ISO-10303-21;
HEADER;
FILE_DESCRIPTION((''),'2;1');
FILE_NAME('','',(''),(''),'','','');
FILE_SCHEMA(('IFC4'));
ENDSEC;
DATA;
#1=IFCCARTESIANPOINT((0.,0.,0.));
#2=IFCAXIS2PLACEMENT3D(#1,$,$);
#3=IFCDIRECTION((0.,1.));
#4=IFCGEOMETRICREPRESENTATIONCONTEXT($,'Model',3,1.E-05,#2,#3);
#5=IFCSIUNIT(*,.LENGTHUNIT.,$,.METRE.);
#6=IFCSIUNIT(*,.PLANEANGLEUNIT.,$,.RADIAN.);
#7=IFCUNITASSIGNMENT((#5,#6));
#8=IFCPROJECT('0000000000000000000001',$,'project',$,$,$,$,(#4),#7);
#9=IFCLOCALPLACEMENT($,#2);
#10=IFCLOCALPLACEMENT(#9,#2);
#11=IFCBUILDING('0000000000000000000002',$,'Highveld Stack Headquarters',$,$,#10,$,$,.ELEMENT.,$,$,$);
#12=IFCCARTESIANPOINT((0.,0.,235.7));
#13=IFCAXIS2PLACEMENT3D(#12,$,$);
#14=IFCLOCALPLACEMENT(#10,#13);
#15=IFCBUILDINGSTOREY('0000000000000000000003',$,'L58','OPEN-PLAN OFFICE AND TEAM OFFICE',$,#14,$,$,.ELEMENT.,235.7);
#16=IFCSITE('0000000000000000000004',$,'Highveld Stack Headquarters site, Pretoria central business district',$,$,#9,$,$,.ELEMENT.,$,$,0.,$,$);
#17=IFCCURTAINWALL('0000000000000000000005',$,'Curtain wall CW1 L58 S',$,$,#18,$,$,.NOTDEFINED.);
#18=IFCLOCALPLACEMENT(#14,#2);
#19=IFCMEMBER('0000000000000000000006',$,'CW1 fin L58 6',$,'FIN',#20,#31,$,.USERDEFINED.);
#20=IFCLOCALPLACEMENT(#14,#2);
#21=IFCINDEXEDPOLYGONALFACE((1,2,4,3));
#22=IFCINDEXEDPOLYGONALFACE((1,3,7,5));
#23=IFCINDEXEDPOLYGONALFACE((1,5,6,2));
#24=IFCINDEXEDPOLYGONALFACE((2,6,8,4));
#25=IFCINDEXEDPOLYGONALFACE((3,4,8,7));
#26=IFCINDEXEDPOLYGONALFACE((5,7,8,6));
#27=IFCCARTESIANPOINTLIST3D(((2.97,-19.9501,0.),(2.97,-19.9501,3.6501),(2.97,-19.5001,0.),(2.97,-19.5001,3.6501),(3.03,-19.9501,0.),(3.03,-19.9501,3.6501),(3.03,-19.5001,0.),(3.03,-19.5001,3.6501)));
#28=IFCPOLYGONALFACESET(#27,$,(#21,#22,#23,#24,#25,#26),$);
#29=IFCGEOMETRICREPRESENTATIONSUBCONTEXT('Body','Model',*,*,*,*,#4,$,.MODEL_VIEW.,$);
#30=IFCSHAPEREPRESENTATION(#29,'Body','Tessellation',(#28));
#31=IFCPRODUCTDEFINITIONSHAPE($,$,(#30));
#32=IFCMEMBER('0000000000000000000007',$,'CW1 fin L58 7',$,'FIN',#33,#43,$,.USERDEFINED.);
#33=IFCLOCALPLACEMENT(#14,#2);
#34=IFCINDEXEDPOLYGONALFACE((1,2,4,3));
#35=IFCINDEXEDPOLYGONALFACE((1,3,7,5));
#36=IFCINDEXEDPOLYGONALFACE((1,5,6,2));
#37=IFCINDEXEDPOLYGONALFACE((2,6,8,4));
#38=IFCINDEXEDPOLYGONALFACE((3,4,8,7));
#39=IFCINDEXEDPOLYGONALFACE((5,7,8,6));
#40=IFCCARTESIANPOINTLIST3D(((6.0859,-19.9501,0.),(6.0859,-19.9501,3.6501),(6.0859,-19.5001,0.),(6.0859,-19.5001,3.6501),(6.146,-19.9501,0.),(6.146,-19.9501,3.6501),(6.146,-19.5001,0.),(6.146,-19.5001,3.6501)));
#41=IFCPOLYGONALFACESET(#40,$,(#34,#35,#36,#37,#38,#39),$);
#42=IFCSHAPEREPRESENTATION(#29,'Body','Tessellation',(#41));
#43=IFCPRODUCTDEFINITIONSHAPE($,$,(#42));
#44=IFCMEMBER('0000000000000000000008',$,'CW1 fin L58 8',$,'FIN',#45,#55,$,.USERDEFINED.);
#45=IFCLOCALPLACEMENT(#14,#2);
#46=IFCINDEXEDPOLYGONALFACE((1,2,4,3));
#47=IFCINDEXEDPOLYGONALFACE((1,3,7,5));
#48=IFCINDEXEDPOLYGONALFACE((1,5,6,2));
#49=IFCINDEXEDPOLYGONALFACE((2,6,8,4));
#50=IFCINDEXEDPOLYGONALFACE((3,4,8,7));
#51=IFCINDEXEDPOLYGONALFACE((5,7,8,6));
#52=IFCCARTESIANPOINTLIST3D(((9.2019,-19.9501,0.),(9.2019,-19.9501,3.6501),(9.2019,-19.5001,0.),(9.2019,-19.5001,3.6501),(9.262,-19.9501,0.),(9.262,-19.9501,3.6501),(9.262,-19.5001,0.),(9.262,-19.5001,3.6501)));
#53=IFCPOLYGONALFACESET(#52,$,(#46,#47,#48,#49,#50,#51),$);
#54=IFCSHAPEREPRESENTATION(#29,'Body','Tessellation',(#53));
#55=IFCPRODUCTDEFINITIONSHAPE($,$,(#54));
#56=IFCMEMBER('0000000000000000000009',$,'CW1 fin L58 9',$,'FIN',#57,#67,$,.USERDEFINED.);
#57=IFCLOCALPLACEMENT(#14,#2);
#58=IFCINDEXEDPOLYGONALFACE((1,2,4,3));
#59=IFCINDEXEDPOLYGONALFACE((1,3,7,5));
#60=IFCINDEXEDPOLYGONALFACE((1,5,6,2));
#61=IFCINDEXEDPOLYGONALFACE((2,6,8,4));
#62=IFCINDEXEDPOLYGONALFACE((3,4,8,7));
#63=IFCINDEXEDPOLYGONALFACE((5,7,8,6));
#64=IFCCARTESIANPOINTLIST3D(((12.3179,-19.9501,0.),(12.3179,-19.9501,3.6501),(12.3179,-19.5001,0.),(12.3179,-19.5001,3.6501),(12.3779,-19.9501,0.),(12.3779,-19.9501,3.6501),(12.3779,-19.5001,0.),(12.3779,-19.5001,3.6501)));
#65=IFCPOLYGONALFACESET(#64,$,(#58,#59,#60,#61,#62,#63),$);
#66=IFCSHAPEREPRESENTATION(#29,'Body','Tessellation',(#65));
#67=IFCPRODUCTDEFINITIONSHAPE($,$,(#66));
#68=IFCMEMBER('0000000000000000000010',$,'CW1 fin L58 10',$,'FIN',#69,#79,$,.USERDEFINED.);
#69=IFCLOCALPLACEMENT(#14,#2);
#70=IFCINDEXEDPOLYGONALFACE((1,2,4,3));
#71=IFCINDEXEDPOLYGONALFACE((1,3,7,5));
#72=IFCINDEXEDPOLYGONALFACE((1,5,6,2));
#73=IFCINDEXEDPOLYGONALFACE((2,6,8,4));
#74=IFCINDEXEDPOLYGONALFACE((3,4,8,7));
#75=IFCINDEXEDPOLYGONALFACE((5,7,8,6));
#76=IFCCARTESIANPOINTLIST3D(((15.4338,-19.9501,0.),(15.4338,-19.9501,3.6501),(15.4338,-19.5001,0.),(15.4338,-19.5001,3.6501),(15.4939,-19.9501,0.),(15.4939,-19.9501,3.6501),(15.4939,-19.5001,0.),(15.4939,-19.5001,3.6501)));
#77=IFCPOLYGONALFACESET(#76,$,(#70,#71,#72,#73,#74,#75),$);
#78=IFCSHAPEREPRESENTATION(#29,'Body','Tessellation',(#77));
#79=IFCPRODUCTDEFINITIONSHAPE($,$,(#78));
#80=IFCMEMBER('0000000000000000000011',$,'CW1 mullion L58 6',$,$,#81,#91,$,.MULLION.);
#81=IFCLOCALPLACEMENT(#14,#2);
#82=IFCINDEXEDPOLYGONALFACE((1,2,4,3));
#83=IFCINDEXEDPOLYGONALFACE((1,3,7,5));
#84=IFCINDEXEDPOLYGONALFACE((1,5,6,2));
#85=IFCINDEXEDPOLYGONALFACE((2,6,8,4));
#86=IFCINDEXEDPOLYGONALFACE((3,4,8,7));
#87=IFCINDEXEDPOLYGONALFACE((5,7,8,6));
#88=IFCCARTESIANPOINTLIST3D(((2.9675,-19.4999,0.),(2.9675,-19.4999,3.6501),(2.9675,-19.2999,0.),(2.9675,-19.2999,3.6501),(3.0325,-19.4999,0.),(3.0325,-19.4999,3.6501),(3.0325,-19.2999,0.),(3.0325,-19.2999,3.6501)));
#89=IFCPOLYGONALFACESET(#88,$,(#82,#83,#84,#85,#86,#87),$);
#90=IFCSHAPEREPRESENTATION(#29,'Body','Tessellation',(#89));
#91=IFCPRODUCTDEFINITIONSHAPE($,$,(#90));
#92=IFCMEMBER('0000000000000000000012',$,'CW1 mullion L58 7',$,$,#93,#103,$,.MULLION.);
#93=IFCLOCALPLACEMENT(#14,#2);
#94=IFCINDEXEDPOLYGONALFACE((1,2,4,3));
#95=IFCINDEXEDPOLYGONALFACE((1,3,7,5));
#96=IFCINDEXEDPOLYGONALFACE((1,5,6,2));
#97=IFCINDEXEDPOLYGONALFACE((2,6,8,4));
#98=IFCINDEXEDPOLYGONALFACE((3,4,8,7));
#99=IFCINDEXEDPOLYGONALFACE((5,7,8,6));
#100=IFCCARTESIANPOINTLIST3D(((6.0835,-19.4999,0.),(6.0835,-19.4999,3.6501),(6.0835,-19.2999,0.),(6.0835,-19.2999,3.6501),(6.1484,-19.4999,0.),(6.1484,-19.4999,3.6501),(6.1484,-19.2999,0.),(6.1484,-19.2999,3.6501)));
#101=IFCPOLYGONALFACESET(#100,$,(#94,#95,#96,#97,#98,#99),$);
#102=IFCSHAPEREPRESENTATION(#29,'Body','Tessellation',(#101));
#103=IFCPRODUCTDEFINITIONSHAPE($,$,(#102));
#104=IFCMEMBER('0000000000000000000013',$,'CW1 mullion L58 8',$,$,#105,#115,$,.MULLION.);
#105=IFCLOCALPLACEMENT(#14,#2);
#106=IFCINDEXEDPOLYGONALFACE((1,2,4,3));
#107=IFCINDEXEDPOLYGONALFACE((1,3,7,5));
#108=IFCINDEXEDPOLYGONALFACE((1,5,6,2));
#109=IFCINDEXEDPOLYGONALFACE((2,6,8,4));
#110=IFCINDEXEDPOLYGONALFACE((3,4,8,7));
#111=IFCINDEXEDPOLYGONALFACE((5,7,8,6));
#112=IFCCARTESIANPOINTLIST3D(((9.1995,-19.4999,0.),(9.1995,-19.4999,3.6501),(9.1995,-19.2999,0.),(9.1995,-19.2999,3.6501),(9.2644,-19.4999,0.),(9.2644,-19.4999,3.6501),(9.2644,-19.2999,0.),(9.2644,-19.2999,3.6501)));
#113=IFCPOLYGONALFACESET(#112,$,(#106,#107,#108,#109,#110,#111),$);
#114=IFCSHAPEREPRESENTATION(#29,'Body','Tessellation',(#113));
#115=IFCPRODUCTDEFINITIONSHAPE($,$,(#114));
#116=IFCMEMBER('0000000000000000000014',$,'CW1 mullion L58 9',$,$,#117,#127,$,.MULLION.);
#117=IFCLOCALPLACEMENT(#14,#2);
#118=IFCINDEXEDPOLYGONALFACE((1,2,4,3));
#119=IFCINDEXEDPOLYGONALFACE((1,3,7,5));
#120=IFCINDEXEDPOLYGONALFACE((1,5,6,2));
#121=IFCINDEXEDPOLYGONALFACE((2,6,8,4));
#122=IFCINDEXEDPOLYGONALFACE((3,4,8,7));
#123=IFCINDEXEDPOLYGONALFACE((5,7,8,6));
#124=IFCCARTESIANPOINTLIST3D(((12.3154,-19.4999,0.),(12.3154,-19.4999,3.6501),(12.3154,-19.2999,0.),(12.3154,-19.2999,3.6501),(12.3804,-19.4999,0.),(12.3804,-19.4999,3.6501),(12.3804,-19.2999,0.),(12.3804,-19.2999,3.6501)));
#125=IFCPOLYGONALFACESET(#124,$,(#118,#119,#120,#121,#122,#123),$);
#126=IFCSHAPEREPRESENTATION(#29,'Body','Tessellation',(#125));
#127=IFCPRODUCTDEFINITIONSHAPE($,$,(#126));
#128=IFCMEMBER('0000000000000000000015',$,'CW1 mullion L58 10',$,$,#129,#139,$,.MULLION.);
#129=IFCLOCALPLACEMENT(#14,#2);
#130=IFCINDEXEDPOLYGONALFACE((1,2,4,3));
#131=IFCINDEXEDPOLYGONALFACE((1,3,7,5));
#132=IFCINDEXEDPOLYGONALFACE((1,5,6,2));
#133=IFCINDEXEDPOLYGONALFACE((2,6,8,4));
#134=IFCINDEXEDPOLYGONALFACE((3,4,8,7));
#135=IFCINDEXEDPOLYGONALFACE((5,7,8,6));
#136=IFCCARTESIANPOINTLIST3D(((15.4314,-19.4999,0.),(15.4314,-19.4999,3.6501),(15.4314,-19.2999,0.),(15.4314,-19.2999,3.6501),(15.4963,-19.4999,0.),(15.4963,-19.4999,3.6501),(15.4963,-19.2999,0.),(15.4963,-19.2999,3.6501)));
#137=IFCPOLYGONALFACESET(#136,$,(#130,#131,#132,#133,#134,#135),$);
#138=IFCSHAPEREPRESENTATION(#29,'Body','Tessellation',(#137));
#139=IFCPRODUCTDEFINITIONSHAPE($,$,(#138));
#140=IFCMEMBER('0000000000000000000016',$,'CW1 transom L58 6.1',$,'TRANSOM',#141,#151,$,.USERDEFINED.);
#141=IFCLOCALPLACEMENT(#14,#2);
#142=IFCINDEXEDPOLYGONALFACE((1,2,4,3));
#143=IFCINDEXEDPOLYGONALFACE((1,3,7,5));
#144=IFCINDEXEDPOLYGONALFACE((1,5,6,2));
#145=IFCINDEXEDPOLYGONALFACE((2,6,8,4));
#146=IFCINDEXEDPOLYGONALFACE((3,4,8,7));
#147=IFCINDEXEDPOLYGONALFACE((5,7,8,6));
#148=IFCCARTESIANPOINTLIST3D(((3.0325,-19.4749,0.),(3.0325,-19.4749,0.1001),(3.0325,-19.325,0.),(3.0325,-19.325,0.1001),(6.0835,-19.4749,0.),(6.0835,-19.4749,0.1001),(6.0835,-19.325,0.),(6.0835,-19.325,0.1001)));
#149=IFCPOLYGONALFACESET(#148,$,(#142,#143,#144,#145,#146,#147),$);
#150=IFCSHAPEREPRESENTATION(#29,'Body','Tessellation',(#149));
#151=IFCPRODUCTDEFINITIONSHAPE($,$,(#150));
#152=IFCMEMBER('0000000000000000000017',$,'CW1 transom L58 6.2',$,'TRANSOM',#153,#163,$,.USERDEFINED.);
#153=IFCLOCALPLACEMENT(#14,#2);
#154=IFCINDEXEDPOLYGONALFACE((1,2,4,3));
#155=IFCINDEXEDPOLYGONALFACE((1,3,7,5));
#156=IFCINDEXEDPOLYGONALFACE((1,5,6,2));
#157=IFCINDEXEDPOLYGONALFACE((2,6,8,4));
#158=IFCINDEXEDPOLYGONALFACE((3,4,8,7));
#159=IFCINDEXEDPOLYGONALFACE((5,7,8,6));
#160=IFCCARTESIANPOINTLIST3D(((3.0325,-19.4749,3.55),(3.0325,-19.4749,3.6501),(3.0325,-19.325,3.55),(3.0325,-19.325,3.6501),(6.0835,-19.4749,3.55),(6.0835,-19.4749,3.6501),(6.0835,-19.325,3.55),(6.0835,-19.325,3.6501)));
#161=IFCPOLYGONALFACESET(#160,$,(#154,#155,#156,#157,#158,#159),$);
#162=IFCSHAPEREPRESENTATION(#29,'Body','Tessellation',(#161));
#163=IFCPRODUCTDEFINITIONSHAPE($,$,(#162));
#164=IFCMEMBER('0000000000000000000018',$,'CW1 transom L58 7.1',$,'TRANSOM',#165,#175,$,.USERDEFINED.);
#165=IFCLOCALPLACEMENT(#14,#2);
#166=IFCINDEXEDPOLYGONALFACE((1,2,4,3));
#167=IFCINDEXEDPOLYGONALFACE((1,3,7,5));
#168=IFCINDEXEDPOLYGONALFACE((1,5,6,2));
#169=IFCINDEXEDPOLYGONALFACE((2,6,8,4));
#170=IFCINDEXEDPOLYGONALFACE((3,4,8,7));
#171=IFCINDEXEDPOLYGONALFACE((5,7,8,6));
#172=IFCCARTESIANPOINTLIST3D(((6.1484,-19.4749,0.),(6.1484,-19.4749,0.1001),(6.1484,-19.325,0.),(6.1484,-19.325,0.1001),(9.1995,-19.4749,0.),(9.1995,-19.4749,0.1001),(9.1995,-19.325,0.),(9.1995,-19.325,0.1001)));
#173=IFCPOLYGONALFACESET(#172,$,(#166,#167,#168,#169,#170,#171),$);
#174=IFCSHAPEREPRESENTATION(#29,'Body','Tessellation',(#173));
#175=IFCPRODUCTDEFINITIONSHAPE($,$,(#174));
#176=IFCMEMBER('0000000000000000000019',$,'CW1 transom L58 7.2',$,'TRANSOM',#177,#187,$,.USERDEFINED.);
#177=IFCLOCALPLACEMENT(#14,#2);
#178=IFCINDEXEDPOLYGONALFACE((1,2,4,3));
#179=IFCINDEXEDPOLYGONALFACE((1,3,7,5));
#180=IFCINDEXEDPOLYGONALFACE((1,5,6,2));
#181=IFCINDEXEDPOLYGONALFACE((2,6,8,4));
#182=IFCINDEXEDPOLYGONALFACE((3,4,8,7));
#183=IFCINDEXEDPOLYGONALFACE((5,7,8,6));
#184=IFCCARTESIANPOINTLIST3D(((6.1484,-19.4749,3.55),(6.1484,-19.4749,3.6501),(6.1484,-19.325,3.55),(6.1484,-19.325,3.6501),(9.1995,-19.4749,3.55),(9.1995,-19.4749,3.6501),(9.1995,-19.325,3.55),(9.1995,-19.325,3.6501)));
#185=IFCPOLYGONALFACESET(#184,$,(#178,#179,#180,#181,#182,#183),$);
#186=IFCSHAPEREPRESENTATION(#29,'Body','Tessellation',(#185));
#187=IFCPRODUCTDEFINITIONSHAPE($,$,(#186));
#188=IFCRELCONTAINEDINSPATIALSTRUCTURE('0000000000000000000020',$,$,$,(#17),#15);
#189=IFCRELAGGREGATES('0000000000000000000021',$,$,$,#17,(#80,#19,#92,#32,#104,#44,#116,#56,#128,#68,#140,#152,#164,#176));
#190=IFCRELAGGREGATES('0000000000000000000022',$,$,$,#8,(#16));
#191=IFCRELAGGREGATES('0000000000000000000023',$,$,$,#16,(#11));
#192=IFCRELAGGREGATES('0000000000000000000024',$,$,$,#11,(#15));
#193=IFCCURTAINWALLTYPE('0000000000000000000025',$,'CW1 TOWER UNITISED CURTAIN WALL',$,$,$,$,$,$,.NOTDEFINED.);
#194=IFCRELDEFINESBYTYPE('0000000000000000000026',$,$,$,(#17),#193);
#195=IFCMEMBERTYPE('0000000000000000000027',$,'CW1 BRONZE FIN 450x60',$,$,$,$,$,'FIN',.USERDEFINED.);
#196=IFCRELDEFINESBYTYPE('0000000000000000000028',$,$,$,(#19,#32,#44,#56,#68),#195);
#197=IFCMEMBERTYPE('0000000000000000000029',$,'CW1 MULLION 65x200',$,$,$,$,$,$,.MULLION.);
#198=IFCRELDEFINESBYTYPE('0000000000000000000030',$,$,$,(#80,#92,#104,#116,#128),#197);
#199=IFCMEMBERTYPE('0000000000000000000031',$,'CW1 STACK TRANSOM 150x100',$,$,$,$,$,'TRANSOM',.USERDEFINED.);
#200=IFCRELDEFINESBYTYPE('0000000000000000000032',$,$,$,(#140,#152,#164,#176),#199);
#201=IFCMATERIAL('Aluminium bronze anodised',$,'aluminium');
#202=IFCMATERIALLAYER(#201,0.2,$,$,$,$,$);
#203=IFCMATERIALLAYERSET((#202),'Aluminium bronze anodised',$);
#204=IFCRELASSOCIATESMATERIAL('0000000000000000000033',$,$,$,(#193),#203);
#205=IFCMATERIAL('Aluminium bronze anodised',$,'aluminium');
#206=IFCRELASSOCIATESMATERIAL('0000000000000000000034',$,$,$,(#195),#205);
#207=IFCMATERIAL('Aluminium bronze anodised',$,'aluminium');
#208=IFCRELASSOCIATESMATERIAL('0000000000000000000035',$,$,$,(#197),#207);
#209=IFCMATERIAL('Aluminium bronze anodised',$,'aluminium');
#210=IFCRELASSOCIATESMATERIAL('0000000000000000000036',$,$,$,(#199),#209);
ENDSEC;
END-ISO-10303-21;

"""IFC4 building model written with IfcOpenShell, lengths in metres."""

from ifc_helpers import new_model, si_unit, direction, frame, origin, origin_2d, place, context, subcontext, project, spatial, rectangle, extrude, material, layer, layer_set, material_profile, profile_set, type_object, element, aggregate, save


model = new_model("IFC4")

# Units and contexts
model_context = context("Model", 3, precision=1e-05, world=origin(), true_north=direction((0.0, 1.0)))
body_context = subcontext(model_context, "Body", "Model", "MODEL_VIEW")
ifc_project = project(units=[si_unit("LENGTHUNIT", "METRE"), si_unit("PLANEANGLEUNIT", "RADIAN")], contexts=[model_context])

# Site, building, storey
site_placement = place(None, origin())
site = spatial("IfcSite", under=ifc_project, at=site_placement, Name="Highveld Stack Headquarters site, Pretoria central business district", CompositionType="ELEMENT", RefElevation=0.0)
building_placement = place(site_placement, origin())
building = spatial("IfcBuilding", under=site, at=building_placement, Name="Highveld Stack Headquarters", CompositionType="ELEMENT")
storey_placement = place(building_placement, frame((0.0, 0.0, 235.7)))
storey = spatial("IfcBuildingStorey", under=building, at=storey_placement, Name="L58", Description="OPEN-PLAN OFFICE AND TEAM OFFICE", CompositionType="ELEMENT", Elevation=235.7)

# Curtain wall, members
ifc_material_1 = material(Name="Aluminium bronze anodised", Category="aluminium")
ifc_layer_1 = layer(ifc_material_1, 0.2)
ifc_layer_set_1 = layer_set([ifc_layer_1], Name="Aluminium bronze anodised")
curtain_wall_type = type_object("IfcCurtainWallType", Name="CW1 TOWER UNITISED CURTAIN WALL", PredefinedType="NOTDEFINED", material=ifc_layer_set_1)
curtain_wall_placement = place(storey_placement, origin())
curtain_wall = element("IfcCurtainWall", 1, at=curtain_wall_placement, inside=storey, type_object=curtain_wall_type, Name="Curtain wall CW1 L58 S", PredefinedType="NOTDEFINED")
ifc_material_2 = material(Name="Aluminium bronze anodised", Category="aluminium")
ifc_material_profile_1 = material_profile(ifc_material_2, rectangle(XDim=0.45, YDim=0.0601, at=origin_2d()), Name="FIN 450x60")
ifc_profile_set_1 = profile_set([ifc_material_profile_1], Name="Aluminium bronze anodised")
member_type_1 = type_object("IfcMemberType", Name="CW1 BRONZE FIN 450x60", ElementType="FIN", PredefinedType="USERDEFINED", material=ifc_profile_set_1)
member_1_placement = place(storey_placement, frame((3.0, -19.7251, 0.0), z_axis=(0.0, 0.0, 1.0), x_axis=(0.0, 1.0, 0.0)))
member_1 = element("IfcMember", 2, at=member_1_placement, type_object=member_type_1, Name="CW1 fin L58 6", ObjectType="FIN", PredefinedType="USERDEFINED", context=body_context, shape_type="SweptSolid", body=[
    extrude(rectangle(XDim=0.45, YDim=0.0601, at=origin_2d()), origin(), (0.0, 0.0, 1.0), 3.6501),
])
member_2_placement = place(storey_placement, frame((6.116, -19.7251, 0.0), z_axis=(0.0, 0.0, 1.0), x_axis=(0.0, 1.0, 0.0)))
member_2 = element("IfcMember", 3, at=member_2_placement, type_object=member_type_1, Name="CW1 fin L58 7", ObjectType="FIN", PredefinedType="USERDEFINED", context=body_context, shape_type="SweptSolid", body=[
    extrude(rectangle(XDim=0.45, YDim=0.0601, at=origin_2d()), origin(), (0.0, 0.0, 1.0), 3.6501),
])
member_3_placement = place(storey_placement, frame((9.2319, -19.7251, 0.0), z_axis=(0.0, 0.0, 1.0), x_axis=(0.0, 1.0, 0.0)))
member_3 = element("IfcMember", 4, at=member_3_placement, type_object=member_type_1, Name="CW1 fin L58 8", ObjectType="FIN", PredefinedType="USERDEFINED", context=body_context, shape_type="SweptSolid", body=[
    extrude(rectangle(XDim=0.45, YDim=0.0601, at=origin_2d()), origin(), (0.0, 0.0, 1.0), 3.6501),
])
member_4_placement = place(storey_placement, frame((12.3479, -19.7251, 0.0), z_axis=(0.0, 0.0, 1.0), x_axis=(0.0, 1.0, 0.0)))
member_4 = element("IfcMember", 5, at=member_4_placement, type_object=member_type_1, Name="CW1 fin L58 9", ObjectType="FIN", PredefinedType="USERDEFINED", context=body_context, shape_type="SweptSolid", body=[
    extrude(rectangle(XDim=0.45, YDim=0.0601, at=origin_2d()), origin(), (0.0, 0.0, 1.0), 3.6501),
])
member_5_placement = place(storey_placement, frame((15.4639, -19.7251, 0.0), z_axis=(0.0, 0.0, 1.0), x_axis=(0.0, 1.0, 0.0)))
member_5 = element("IfcMember", 6, at=member_5_placement, type_object=member_type_1, Name="CW1 fin L58 10", ObjectType="FIN", PredefinedType="USERDEFINED", context=body_context, shape_type="SweptSolid", body=[
    extrude(rectangle(XDim=0.45, YDim=0.0601, at=origin_2d()), origin(), (0.0, 0.0, 1.0), 3.6501),
])
ifc_material_3 = material(Name="Aluminium bronze anodised", Category="aluminium")
ifc_material_profile_2 = material_profile(ifc_material_3, rectangle(XDim=0.2, YDim=0.0649, at=origin_2d()), Name="CW1 MULLION 65x200")
ifc_profile_set_2 = profile_set([ifc_material_profile_2], Name="Aluminium bronze anodised")
member_type_2 = type_object("IfcMemberType", Name="CW1 MULLION 65x200", PredefinedType="MULLION", material=ifc_profile_set_2)
member_6_placement = place(storey_placement, frame((3.0, -19.3999, 0.0), z_axis=(0.0, 0.0, 1.0), x_axis=(0.0, 1.0, 0.0)))
member_6 = element("IfcMember", 7, at=member_6_placement, type_object=member_type_2, Name="CW1 mullion L58 6", PredefinedType="MULLION", context=body_context, shape_type="SweptSolid", body=[
    extrude(rectangle(XDim=0.2, YDim=0.0649, at=origin_2d()), origin(), (0.0, 0.0, 1.0), 3.6501),
])
member_7_placement = place(storey_placement, frame((6.116, -19.3999, 0.0), z_axis=(0.0, 0.0, 1.0), x_axis=(0.0, 1.0, 0.0)))
member_7 = element("IfcMember", 8, at=member_7_placement, type_object=member_type_2, Name="CW1 mullion L58 7", PredefinedType="MULLION", context=body_context, shape_type="SweptSolid", body=[
    extrude(rectangle(XDim=0.2, YDim=0.0649, at=origin_2d()), origin(), (0.0, 0.0, 1.0), 3.6501),
])
member_8_placement = place(storey_placement, frame((9.2319, -19.3999, 0.0), z_axis=(0.0, 0.0, 1.0), x_axis=(0.0, 1.0, 0.0)))
member_8 = element("IfcMember", 9, at=member_8_placement, type_object=member_type_2, Name="CW1 mullion L58 8", PredefinedType="MULLION", context=body_context, shape_type="SweptSolid", body=[
    extrude(rectangle(XDim=0.2, YDim=0.0649, at=origin_2d()), origin(), (0.0, 0.0, 1.0), 3.6501),
])
member_9_placement = place(storey_placement, frame((12.3479, -19.3999, 0.0), z_axis=(0.0, 0.0, 1.0), x_axis=(0.0, 1.0, 0.0)))
member_9 = element("IfcMember", 10, at=member_9_placement, type_object=member_type_2, Name="CW1 mullion L58 9", PredefinedType="MULLION", context=body_context, shape_type="SweptSolid", body=[
    extrude(rectangle(XDim=0.2, YDim=0.0649, at=origin_2d()), origin(), (0.0, 0.0, 1.0), 3.6501),
])
member_10_placement = place(storey_placement, frame((15.4639, -19.3999, 0.0), z_axis=(0.0, 0.0, 1.0), x_axis=(0.0, 1.0, 0.0)))
member_10 = element("IfcMember", 11, at=member_10_placement, type_object=member_type_2, Name="CW1 mullion L58 10", PredefinedType="MULLION", context=body_context, shape_type="SweptSolid", body=[
    extrude(rectangle(XDim=0.2, YDim=0.0649, at=origin_2d()), origin(), (0.0, 0.0, 1.0), 3.6501),
])
ifc_material_4 = material(Name="Aluminium bronze anodised", Category="aluminium")
ifc_material_profile_3 = material_profile(ifc_material_4, rectangle(XDim=0.1499, YDim=0.1001, at=origin_2d()), Name="CW1 TRANSOM 150x100")
ifc_profile_set_3 = profile_set([ifc_material_profile_3], Name="Aluminium bronze anodised")
member_type_3 = type_object("IfcMemberType", Name="CW1 STACK TRANSOM 150x100", ElementType="TRANSOM", PredefinedType="USERDEFINED", material=ifc_profile_set_3)
member_11_placement = place(storey_placement, frame((3.0325, -19.3999, 0.05), z_axis=(1.0, 0.0, 0.0), x_axis=(0.0, 1.0, 0.0)))
member_11 = element("IfcMember", 12, at=member_11_placement, type_object=member_type_3, Name="CW1 transom L58 6.1", ObjectType="TRANSOM", PredefinedType="USERDEFINED", context=body_context, shape_type="SweptSolid", body=[
    extrude(rectangle(XDim=0.1499, YDim=0.1001, at=origin_2d()), origin(), (0.0, 0.0, 1.0), 3.051),
])
member_12_placement = place(storey_placement, frame((3.0325, -19.3999, 3.6001), z_axis=(1.0, 0.0, 0.0), x_axis=(0.0, 1.0, 0.0)))
member_12 = element("IfcMember", 13, at=member_12_placement, type_object=member_type_3, Name="CW1 transom L58 6.2", ObjectType="TRANSOM", PredefinedType="USERDEFINED", context=body_context, shape_type="SweptSolid", body=[
    extrude(rectangle(XDim=0.1499, YDim=0.1001, at=origin_2d()), origin(), (0.0, 0.0, 1.0), 3.051),
])
member_13_placement = place(storey_placement, frame((6.1484, -19.3999, 0.05), z_axis=(1.0, 0.0, 0.0), x_axis=(0.0, 1.0, 0.0)))
member_13 = element("IfcMember", 14, at=member_13_placement, type_object=member_type_3, Name="CW1 transom L58 7.1", ObjectType="TRANSOM", PredefinedType="USERDEFINED", context=body_context, shape_type="SweptSolid", body=[
    extrude(rectangle(XDim=0.1499, YDim=0.1001, at=origin_2d()), origin(), (0.0, 0.0, 1.0), 3.051),
])
member_14_placement = place(storey_placement, frame((6.1484, -19.3999, 3.6001), z_axis=(1.0, 0.0, 0.0), x_axis=(0.0, 1.0, 0.0)))
member_14 = element("IfcMember", 15, at=member_14_placement, type_object=member_type_3, Name="CW1 transom L58 7.2", ObjectType="TRANSOM", PredefinedType="USERDEFINED", context=body_context, shape_type="SweptSolid", body=[
    extrude(rectangle(XDim=0.1499, YDim=0.1001, at=origin_2d()), origin(), (0.0, 0.0, 1.0), 3.051),
])
aggregate(curtain_wall, [member_6, member_1, member_7, member_2, member_8, member_3, member_9, member_4, member_10, member_5, member_11, member_12, member_13, member_14])

save(model, "model.ifc")
